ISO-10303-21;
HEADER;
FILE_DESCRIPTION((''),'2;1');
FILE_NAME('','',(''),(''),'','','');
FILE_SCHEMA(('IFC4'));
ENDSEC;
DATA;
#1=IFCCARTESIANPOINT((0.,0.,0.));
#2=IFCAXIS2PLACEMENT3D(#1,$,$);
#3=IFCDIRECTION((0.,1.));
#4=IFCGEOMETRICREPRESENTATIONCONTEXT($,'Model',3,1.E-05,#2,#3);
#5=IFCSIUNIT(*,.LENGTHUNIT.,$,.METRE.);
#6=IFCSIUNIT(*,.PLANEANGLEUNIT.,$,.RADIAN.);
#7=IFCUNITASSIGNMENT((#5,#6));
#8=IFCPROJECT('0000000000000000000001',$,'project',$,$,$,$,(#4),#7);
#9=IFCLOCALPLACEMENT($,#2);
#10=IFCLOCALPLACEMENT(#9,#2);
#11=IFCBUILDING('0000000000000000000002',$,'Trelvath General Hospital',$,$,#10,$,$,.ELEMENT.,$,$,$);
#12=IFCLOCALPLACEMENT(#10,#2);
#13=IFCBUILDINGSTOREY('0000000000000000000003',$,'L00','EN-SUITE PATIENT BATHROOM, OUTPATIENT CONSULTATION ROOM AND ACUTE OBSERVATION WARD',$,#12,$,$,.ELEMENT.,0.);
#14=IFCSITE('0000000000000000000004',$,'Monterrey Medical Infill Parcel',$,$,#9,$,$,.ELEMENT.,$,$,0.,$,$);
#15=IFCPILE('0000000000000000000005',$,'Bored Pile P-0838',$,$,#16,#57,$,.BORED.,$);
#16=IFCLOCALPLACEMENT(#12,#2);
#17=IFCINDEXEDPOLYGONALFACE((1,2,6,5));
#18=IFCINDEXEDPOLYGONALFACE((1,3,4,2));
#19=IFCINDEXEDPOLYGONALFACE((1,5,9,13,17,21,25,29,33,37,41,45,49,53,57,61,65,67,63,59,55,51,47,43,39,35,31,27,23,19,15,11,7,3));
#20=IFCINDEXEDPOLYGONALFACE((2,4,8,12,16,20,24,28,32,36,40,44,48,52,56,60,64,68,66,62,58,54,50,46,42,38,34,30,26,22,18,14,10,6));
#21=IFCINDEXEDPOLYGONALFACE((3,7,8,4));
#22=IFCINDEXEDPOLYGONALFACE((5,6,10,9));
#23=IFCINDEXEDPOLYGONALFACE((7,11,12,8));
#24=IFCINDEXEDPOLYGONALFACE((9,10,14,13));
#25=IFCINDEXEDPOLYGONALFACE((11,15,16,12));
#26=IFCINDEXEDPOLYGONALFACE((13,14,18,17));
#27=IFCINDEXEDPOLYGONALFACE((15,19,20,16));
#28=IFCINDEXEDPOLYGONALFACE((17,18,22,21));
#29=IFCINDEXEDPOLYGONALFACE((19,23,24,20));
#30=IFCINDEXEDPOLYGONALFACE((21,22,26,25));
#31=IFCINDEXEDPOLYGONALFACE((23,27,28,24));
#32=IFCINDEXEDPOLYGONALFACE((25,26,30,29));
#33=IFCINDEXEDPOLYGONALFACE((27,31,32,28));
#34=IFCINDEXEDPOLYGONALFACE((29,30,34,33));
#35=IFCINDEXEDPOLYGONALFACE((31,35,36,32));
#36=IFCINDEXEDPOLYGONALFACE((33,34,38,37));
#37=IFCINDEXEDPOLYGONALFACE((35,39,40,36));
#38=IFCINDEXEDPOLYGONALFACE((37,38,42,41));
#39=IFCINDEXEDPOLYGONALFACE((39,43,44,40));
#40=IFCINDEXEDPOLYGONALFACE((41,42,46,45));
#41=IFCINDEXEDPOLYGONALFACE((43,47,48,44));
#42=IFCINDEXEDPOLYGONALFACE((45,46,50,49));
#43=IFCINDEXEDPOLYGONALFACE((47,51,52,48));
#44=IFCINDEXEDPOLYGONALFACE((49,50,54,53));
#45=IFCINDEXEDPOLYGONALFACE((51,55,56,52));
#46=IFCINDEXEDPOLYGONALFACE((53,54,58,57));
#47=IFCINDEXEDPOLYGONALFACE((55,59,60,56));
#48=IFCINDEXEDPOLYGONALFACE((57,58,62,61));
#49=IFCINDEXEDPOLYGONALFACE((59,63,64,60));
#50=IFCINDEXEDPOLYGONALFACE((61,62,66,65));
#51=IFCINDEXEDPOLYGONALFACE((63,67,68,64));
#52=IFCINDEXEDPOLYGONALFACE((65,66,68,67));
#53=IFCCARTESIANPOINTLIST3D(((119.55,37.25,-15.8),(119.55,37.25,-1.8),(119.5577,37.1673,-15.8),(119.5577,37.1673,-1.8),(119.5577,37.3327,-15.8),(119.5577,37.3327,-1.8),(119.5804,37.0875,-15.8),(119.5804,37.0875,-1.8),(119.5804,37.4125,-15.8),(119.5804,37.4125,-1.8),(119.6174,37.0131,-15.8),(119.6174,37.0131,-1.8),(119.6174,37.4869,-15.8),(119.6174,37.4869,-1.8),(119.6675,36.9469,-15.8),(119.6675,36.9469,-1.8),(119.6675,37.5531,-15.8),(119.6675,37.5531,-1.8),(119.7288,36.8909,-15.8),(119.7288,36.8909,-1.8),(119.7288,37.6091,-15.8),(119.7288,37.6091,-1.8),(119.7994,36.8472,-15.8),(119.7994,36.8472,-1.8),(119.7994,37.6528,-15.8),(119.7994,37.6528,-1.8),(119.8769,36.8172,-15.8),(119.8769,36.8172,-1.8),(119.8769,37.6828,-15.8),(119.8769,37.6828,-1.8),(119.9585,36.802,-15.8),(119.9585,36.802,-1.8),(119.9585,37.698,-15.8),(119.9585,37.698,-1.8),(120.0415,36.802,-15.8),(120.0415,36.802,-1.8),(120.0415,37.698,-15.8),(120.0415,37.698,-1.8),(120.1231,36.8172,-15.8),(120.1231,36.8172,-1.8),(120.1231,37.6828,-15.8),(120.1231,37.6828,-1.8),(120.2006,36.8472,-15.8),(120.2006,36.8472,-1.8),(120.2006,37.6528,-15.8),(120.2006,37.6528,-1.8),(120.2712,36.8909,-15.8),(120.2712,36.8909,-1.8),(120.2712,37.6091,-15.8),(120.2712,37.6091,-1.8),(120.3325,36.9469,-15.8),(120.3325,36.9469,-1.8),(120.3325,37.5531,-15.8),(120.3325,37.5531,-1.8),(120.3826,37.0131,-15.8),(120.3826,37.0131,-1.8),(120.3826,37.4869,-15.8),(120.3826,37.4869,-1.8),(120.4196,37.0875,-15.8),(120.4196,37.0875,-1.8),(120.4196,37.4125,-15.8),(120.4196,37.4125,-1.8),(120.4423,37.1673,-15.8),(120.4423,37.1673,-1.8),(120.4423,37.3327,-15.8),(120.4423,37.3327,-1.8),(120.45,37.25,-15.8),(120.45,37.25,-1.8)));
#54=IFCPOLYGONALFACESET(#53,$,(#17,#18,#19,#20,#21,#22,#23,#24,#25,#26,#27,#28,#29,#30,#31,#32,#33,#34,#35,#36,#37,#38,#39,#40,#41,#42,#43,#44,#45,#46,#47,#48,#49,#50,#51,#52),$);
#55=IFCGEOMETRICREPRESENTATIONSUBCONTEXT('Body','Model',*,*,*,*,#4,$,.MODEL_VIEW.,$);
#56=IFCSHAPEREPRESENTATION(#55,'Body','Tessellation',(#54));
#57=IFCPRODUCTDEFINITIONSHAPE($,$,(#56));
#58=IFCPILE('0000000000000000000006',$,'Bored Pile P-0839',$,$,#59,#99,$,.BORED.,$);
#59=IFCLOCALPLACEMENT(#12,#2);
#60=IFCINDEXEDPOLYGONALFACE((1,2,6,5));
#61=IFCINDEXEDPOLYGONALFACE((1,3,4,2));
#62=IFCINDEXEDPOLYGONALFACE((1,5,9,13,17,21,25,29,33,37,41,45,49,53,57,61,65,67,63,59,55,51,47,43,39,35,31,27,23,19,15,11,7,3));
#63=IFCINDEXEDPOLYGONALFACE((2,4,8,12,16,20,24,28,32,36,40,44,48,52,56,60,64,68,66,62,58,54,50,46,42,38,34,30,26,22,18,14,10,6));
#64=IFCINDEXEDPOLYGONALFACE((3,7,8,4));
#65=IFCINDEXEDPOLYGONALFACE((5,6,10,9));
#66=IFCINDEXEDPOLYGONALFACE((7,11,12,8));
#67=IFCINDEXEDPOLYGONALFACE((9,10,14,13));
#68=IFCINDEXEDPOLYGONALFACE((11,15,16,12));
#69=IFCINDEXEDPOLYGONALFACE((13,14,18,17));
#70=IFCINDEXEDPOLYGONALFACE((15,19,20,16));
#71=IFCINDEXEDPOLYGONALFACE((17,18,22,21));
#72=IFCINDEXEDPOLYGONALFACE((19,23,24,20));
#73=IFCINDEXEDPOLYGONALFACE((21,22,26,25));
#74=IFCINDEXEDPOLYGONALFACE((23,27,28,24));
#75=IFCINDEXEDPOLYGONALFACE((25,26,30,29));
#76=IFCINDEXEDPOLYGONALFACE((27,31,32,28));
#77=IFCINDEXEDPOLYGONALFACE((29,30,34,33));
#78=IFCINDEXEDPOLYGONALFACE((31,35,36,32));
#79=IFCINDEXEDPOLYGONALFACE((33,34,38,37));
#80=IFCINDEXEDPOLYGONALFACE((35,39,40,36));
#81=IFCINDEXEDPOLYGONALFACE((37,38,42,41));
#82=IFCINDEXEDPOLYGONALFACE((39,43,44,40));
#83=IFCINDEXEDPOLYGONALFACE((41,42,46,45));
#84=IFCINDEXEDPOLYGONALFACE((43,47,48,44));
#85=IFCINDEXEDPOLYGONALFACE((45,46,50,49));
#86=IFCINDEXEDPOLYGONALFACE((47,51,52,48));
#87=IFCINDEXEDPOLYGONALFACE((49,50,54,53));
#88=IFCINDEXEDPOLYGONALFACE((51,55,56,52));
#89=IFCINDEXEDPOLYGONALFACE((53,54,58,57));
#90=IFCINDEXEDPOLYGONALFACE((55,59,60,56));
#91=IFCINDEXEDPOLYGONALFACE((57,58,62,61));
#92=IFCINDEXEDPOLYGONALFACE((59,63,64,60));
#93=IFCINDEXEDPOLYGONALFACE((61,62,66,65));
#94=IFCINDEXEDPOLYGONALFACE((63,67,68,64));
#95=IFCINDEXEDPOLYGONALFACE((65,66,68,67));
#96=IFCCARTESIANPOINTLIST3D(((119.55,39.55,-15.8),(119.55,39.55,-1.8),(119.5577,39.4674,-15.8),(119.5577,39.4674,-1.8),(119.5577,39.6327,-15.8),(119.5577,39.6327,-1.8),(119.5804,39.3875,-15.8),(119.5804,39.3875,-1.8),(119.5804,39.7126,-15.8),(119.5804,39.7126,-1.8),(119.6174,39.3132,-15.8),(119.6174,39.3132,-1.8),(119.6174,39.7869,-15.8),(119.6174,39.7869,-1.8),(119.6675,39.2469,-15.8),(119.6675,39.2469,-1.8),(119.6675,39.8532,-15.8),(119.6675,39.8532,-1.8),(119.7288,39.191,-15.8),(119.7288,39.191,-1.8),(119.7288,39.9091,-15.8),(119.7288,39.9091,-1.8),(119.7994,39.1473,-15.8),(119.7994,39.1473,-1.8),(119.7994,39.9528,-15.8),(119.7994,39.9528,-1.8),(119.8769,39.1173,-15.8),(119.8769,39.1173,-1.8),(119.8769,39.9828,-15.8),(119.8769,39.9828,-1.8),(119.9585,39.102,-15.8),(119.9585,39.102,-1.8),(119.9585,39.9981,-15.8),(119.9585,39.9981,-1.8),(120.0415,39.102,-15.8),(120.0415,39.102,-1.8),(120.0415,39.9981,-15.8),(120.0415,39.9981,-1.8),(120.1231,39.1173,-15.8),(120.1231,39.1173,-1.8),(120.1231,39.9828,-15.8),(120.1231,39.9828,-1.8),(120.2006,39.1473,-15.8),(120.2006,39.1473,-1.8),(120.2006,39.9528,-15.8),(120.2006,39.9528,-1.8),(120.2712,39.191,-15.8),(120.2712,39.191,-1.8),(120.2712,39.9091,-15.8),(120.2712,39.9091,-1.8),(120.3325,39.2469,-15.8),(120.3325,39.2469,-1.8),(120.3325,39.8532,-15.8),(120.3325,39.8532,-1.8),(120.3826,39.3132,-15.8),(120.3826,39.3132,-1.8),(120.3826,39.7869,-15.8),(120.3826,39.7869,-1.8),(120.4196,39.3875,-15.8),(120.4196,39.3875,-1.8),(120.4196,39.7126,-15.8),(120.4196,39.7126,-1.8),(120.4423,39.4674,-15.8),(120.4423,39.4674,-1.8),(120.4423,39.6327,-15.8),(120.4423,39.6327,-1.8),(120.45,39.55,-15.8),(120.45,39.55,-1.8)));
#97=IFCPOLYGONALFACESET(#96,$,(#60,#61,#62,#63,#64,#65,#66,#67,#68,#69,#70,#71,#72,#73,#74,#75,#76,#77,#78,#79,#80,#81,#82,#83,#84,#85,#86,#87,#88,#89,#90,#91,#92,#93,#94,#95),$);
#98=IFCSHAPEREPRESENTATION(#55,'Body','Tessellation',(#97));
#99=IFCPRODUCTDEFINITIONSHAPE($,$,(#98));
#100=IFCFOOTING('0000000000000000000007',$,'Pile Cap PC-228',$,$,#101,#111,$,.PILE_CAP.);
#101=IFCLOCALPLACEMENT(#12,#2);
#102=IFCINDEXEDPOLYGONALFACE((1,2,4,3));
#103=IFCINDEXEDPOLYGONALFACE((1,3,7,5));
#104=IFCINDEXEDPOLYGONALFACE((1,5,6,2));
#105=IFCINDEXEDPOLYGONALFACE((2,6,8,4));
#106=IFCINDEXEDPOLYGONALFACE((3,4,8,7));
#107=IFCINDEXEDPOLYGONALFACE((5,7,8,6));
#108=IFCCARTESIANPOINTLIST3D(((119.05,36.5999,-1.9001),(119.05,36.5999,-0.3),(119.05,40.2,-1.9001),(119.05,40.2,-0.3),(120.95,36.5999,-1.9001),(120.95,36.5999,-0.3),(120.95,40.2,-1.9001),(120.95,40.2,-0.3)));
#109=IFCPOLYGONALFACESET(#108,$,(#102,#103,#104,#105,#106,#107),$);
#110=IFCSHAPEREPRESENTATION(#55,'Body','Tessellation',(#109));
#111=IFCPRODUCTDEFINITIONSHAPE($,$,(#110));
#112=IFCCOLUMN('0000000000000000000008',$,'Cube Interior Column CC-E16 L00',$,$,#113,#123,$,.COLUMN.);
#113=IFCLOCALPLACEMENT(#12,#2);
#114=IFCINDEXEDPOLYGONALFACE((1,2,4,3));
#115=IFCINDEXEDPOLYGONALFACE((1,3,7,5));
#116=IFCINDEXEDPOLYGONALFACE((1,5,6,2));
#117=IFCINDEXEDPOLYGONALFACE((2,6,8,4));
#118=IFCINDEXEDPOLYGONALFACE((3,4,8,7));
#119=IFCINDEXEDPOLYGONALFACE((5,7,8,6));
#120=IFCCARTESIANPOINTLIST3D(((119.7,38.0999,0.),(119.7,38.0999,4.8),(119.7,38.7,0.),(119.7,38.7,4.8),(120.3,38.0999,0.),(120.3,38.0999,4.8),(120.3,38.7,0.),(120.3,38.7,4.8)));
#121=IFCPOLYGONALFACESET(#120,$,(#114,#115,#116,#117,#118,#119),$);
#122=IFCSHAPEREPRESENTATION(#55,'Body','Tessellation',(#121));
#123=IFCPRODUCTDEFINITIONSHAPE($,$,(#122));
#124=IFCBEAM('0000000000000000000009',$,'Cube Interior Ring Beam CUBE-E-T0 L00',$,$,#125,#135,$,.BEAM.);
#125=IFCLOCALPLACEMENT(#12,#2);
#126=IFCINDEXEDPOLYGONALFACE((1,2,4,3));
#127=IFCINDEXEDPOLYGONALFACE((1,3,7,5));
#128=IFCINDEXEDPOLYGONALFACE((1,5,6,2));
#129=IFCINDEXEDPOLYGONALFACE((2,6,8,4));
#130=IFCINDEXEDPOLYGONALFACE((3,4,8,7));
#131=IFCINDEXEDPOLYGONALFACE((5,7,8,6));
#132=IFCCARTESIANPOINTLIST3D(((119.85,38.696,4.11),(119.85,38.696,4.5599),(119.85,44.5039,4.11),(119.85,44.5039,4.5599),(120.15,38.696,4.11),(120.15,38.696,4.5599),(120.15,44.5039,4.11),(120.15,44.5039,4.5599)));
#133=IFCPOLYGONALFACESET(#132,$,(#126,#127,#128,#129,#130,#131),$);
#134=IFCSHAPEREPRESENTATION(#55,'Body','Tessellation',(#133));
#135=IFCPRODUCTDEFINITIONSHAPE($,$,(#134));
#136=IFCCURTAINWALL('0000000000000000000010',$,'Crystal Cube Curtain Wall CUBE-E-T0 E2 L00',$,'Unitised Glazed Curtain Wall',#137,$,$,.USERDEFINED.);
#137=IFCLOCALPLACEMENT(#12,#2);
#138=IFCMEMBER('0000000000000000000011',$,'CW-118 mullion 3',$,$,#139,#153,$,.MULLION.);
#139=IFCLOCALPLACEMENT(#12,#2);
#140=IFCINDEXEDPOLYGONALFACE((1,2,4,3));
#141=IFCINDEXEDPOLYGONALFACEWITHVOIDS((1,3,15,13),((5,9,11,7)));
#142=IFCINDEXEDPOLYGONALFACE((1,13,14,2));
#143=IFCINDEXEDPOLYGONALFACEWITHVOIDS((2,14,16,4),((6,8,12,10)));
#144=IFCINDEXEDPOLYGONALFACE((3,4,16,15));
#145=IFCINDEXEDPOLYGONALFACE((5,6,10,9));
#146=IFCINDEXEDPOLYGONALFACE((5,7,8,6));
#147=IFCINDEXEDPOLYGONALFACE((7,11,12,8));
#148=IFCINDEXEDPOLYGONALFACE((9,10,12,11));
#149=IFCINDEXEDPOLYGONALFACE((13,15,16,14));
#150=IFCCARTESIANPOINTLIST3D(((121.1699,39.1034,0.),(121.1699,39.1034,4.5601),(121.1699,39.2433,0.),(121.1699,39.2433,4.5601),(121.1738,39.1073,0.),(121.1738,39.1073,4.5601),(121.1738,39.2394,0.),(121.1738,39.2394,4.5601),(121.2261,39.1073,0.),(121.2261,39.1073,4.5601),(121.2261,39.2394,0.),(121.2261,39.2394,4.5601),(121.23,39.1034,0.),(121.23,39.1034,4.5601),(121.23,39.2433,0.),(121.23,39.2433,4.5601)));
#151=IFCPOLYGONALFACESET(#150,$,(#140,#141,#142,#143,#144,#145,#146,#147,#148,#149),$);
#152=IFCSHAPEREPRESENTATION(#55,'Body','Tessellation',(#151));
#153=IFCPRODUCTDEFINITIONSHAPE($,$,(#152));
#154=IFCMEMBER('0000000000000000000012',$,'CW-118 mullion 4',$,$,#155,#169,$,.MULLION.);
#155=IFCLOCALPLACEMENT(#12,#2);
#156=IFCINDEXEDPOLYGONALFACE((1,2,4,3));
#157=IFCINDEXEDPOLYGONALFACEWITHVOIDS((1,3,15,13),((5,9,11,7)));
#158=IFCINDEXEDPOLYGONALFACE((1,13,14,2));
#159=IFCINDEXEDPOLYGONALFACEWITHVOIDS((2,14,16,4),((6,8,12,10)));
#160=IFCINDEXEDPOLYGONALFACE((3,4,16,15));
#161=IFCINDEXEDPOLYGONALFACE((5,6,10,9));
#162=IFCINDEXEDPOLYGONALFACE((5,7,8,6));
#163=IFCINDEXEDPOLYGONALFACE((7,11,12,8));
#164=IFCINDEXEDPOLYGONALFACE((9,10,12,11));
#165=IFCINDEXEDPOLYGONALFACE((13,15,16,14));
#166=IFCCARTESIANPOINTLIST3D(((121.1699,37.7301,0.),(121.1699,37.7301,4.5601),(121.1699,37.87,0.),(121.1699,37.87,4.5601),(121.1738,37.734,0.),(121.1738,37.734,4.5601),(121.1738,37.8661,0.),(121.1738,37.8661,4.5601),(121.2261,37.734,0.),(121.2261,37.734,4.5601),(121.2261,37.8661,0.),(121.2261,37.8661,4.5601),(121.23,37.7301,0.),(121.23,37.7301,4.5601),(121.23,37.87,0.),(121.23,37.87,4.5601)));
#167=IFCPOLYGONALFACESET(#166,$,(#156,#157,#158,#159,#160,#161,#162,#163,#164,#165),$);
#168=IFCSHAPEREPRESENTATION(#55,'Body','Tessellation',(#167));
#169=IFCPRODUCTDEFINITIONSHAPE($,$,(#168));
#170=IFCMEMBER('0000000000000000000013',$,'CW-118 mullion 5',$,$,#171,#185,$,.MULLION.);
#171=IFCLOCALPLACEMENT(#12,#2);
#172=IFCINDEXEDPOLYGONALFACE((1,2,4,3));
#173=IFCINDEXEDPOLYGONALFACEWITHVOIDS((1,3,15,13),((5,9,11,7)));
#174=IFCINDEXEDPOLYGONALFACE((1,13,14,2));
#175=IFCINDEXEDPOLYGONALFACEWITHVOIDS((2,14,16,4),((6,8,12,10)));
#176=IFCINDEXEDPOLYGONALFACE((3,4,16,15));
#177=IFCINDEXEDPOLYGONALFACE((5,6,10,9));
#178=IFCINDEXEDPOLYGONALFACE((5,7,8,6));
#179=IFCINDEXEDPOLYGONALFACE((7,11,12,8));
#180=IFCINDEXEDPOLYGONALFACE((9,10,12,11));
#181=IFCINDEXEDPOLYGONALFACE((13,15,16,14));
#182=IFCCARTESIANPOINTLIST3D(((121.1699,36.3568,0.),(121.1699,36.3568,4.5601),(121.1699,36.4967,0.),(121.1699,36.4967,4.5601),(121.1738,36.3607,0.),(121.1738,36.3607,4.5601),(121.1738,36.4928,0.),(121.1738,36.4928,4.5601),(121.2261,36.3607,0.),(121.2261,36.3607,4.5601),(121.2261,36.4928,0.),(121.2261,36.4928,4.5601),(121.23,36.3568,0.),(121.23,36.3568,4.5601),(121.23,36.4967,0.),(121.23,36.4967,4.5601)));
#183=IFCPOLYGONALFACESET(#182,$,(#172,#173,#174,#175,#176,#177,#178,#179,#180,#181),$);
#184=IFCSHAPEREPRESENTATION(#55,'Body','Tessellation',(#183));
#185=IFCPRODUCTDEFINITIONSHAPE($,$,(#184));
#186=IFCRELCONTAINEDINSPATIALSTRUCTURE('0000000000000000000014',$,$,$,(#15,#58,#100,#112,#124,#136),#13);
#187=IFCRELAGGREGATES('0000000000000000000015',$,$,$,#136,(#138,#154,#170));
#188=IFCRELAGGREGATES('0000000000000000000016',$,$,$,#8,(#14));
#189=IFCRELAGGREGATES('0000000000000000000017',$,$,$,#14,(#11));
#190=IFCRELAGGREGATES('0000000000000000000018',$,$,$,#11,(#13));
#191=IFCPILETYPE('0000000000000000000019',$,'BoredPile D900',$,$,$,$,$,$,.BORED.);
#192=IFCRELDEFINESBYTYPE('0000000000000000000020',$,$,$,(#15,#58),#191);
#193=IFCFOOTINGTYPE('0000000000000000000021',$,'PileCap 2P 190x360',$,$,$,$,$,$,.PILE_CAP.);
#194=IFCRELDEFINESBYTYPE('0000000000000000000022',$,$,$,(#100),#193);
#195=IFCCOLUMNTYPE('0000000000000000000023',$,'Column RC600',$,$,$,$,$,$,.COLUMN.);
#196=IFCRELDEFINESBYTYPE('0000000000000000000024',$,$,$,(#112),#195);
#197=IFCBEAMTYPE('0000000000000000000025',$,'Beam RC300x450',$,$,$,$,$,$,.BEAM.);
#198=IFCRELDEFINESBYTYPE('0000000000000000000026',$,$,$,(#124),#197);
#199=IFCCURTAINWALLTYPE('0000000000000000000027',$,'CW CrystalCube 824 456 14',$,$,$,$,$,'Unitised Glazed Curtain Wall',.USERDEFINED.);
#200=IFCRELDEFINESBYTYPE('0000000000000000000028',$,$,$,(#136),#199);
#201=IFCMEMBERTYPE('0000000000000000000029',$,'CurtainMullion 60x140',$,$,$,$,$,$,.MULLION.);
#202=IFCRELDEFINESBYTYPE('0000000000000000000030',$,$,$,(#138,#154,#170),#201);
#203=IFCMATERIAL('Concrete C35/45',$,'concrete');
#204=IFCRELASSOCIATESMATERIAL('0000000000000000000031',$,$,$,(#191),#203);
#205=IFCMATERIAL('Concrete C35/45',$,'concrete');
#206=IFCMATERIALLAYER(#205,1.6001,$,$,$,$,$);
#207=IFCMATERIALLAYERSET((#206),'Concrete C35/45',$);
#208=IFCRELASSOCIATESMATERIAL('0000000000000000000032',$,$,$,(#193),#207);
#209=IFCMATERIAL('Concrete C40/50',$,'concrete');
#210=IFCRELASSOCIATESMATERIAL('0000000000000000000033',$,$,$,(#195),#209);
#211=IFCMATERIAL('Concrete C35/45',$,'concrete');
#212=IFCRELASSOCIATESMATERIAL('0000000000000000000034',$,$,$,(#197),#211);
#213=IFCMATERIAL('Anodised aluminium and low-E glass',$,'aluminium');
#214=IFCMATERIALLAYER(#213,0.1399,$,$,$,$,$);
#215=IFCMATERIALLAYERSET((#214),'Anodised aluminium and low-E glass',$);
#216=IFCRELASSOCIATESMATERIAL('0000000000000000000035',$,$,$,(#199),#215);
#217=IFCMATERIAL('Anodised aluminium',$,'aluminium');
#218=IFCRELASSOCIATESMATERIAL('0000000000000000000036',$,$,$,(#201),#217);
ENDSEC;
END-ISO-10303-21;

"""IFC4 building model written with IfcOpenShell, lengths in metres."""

from ifc_helpers import new_model, si_unit, direction, frame, origin, origin_2d, place, context, subcontext, project, spatial, rectangle, hollow_rectangle, circle, extrude, material, layer, layer_set, material_profile, profile_set, type_object, element, aggregate, save


model = new_model("IFC4")

# Units and contexts
model_context = context("Model", 3, precision=1e-05, world=origin(), true_north=direction((0.0, 1.0)))
body_context = subcontext(model_context, "Body", "Model", "MODEL_VIEW")
ifc_project = project(units=[si_unit("LENGTHUNIT", "METRE"), si_unit("PLANEANGLEUNIT", "RADIAN")], contexts=[model_context])

# Site, building, storey
site_placement = place(None, origin())
site = spatial("IfcSite", under=ifc_project, at=site_placement, Name="Monterrey Medical Infill Parcel", CompositionType="ELEMENT", RefElevation=0.0)
building_placement = place(site_placement, origin())
building = spatial("IfcBuilding", under=site, at=building_placement, Name="Trelvath General Hospital", CompositionType="ELEMENT")
storey_placement = place(building_placement, origin())
storey = spatial("IfcBuildingStorey", under=building, at=storey_placement, Name="L00", Description="EN-SUITE PATIENT BATHROOM, OUTPATIENT CONSULTATION ROOM AND ACUTE OBSERVATION WARD", CompositionType="ELEMENT", Elevation=0.0)

# Piles
ifc_material_1 = material(Name="Concrete C35/45", Category="concrete")
ifc_material_profile_1 = material_profile(ifc_material_1, circle(Radius=0.45, at=origin_2d()), Name="PILE900")
ifc_profile_set_1 = profile_set([ifc_material_profile_1], Name="Concrete C35/45")
pile_type = type_object("IfcPileType", Name="BoredPile D900", PredefinedType="BORED", material=ifc_profile_set_1)
for number, where, z_axis, x_axis, name in (
    (1, (120.0, 37.25, -1.8), (0.0, 0.0, -1.0), (1.0, 0.0, 0.0), "Bored Pile P-0838"),
    (2, (120.0, 39.55, -1.8), (0.0, 0.0, -1.0), (1.0, 0.0, 0.0), "Bored Pile P-0839"),
):
    element("IfcPile", number, at=place(storey_placement, frame(where, z_axis=z_axis, x_axis=x_axis)), inside=storey, type_object=pile_type, Name=name, PredefinedType="BORED", context=body_context, shape_type="SweptSolid", body=[
        extrude(circle(Radius=0.45, at=origin_2d()), origin(), (0.0, 0.0, 1.0), 14.0),
    ])

# Footing
ifc_material_2 = material(Name="Concrete C35/45", Category="concrete")
ifc_layer_1 = layer(ifc_material_2, 1.6001)
ifc_layer_set_1 = layer_set([ifc_layer_1], Name="Concrete C35/45")
footing_type = type_object("IfcFootingType", Name="PileCap 2P 190x360", PredefinedType="PILE_CAP", material=ifc_layer_set_1)
footing_placement = place(storey_placement, frame((120.0, 38.3999, -1.9001), z_axis=(0.0, 0.0, 1.0), x_axis=(1.0, 0.0, 0.0)))
element("IfcFooting", 3, at=footing_placement, inside=storey, type_object=footing_type, Name="Pile Cap PC-228", PredefinedType="PILE_CAP", context=body_context, shape_type="SweptSolid", body=[
    extrude(rectangle(XDim=1.8999, YDim=3.6001, at=origin_2d()), origin(), (0.0, 0.0, 1.0), 1.6001),
])

# Column
ifc_material_3 = material(Name="Concrete C40/50", Category="concrete")
ifc_material_profile_2 = material_profile(ifc_material_3, rectangle(XDim=0.6001, YDim=0.6001, at=origin_2d()), Name="RC600x600")
ifc_profile_set_2 = profile_set([ifc_material_profile_2], Name="Concrete C40/50")
column_type = type_object("IfcColumnType", Name="Column RC600", PredefinedType="COLUMN", material=ifc_profile_set_2)
column_placement = place(storey_placement, frame((120.0, 38.3999, 0.0), z_axis=(0.0, 0.0, 1.0), x_axis=(1.0, 0.0, 0.0)))
element("IfcColumn", 4, at=column_placement, inside=storey, type_object=column_type, Name="Cube Interior Column CC-E16 L00", PredefinedType="COLUMN", context=body_context, shape_type="SweptSolid", body=[
    extrude(rectangle(XDim=0.6001, YDim=0.6001, at=origin_2d()), origin(), (0.0, 0.0, 1.0), 4.8),
])

# Beam
ifc_material_4 = material(Name="Concrete C35/45", Category="concrete")
ifc_material_profile_3 = material_profile(ifc_material_4, rectangle(XDim=0.3, YDim=0.45, at=origin_2d()), Name="RCB300x450")
ifc_profile_set_3 = profile_set([ifc_material_profile_3], Name="Concrete C35/45")
beam_type = type_object("IfcBeamType", Name="Beam RC300x450", PredefinedType="BEAM", material=ifc_profile_set_3)
beam_placement = place(storey_placement, frame((120.0, 38.696, 4.335), z_axis=(0.0, 1.0, 0.0), x_axis=(-1.0, 0.0, 0.0)))
element("IfcBeam", 5, at=beam_placement, inside=storey, type_object=beam_type, Name="Cube Interior Ring Beam CUBE-E-T0 L00", PredefinedType="BEAM", context=body_context, shape_type="SweptSolid", body=[
    extrude(rectangle(XDim=0.3, YDim=0.45, at=origin_2d()), origin(), (0.0, 0.0, 1.0), 5.8079),
])

# Curtain wall, members
ifc_material_5 = material(Name="Anodised aluminium and low-E glass", Category="aluminium")
ifc_layer_2 = layer(ifc_material_5, 0.1399)
ifc_layer_set_2 = layer_set([ifc_layer_2], Name="Anodised aluminium and low-E glass")
curtain_wall_type = type_object("IfcCurtainWallType", Name="CW CrystalCube 824 456 14", ElementType="Unitised Glazed Curtain Wall", PredefinedType="USERDEFINED", material=ifc_layer_set_2)
curtain_wall_placement = place(storey_placement, origin())
curtain_wall = element("IfcCurtainWall", 6, at=curtain_wall_placement, inside=storey, type_object=curtain_wall_type, Name="Crystal Cube Curtain Wall CUBE-E-T0 E2 L00", ObjectType="Unitised Glazed Curtain Wall", PredefinedType="USERDEFINED")
ifc_material_6 = material(Name="Anodised aluminium", Category="aluminium")
ifc_material_profile_4 = material_profile(ifc_material_6, hollow_rectangle(XDim=0.0601, YDim=0.1399, WallThickness=0.0039, at=origin_2d()), Name="RHS60x140x4")
ifc_profile_set_4 = profile_set([ifc_material_profile_4], Name="Anodised aluminium")
member_type_1 = type_object("IfcMemberType", Name="CurtainMullion 60x140", PredefinedType="MULLION", material=ifc_profile_set_4)
member_1_placement = place(storey_placement, frame((121.2, 39.1733, 0.0), z_axis=(0.0, 0.0, 1.0), x_axis=(1.0, 0.0, 0.0)))
member_1 = element("IfcMember", 7, at=member_1_placement, type_object=member_type_1, Name="CW-118 mullion 3", PredefinedType="MULLION", context=body_context, shape_type="SweptSolid", body=[
    extrude(hollow_rectangle(XDim=0.0601, YDim=0.1399, WallThickness=0.0039, at=origin_2d()), origin(), (0.0, 0.0, 1.0), 4.5601),
])
member_2_placement = place(storey_placement, frame((121.2, 37.8, 0.0), z_axis=(0.0, 0.0, 1.0), x_axis=(1.0, 0.0, 0.0)))
member_2 = element("IfcMember", 8, at=member_2_placement, type_object=member_type_1, Name="CW-118 mullion 4", PredefinedType="MULLION", context=body_context, shape_type="SweptSolid", body=[
    extrude(hollow_rectangle(XDim=0.0601, YDim=0.1399, WallThickness=0.0039, at=origin_2d()), origin(), (0.0, 0.0, 1.0), 4.5601),
])
member_3_placement = place(storey_placement, frame((121.2, 36.4268, 0.0), z_axis=(0.0, 0.0, 1.0), x_axis=(1.0, 0.0, 0.0)))
member_3 = element("IfcMember", 9, at=member_3_placement, type_object=member_type_1, Name="CW-118 mullion 5", PredefinedType="MULLION", context=body_context, shape_type="SweptSolid", body=[
    extrude(hollow_rectangle(XDim=0.0601, YDim=0.1399, WallThickness=0.0039, at=origin_2d()), origin(), (0.0, 0.0, 1.0), 4.5601),
])
aggregate(curtain_wall, [member_1, member_2, member_3])

save(model, "model.ifc")
